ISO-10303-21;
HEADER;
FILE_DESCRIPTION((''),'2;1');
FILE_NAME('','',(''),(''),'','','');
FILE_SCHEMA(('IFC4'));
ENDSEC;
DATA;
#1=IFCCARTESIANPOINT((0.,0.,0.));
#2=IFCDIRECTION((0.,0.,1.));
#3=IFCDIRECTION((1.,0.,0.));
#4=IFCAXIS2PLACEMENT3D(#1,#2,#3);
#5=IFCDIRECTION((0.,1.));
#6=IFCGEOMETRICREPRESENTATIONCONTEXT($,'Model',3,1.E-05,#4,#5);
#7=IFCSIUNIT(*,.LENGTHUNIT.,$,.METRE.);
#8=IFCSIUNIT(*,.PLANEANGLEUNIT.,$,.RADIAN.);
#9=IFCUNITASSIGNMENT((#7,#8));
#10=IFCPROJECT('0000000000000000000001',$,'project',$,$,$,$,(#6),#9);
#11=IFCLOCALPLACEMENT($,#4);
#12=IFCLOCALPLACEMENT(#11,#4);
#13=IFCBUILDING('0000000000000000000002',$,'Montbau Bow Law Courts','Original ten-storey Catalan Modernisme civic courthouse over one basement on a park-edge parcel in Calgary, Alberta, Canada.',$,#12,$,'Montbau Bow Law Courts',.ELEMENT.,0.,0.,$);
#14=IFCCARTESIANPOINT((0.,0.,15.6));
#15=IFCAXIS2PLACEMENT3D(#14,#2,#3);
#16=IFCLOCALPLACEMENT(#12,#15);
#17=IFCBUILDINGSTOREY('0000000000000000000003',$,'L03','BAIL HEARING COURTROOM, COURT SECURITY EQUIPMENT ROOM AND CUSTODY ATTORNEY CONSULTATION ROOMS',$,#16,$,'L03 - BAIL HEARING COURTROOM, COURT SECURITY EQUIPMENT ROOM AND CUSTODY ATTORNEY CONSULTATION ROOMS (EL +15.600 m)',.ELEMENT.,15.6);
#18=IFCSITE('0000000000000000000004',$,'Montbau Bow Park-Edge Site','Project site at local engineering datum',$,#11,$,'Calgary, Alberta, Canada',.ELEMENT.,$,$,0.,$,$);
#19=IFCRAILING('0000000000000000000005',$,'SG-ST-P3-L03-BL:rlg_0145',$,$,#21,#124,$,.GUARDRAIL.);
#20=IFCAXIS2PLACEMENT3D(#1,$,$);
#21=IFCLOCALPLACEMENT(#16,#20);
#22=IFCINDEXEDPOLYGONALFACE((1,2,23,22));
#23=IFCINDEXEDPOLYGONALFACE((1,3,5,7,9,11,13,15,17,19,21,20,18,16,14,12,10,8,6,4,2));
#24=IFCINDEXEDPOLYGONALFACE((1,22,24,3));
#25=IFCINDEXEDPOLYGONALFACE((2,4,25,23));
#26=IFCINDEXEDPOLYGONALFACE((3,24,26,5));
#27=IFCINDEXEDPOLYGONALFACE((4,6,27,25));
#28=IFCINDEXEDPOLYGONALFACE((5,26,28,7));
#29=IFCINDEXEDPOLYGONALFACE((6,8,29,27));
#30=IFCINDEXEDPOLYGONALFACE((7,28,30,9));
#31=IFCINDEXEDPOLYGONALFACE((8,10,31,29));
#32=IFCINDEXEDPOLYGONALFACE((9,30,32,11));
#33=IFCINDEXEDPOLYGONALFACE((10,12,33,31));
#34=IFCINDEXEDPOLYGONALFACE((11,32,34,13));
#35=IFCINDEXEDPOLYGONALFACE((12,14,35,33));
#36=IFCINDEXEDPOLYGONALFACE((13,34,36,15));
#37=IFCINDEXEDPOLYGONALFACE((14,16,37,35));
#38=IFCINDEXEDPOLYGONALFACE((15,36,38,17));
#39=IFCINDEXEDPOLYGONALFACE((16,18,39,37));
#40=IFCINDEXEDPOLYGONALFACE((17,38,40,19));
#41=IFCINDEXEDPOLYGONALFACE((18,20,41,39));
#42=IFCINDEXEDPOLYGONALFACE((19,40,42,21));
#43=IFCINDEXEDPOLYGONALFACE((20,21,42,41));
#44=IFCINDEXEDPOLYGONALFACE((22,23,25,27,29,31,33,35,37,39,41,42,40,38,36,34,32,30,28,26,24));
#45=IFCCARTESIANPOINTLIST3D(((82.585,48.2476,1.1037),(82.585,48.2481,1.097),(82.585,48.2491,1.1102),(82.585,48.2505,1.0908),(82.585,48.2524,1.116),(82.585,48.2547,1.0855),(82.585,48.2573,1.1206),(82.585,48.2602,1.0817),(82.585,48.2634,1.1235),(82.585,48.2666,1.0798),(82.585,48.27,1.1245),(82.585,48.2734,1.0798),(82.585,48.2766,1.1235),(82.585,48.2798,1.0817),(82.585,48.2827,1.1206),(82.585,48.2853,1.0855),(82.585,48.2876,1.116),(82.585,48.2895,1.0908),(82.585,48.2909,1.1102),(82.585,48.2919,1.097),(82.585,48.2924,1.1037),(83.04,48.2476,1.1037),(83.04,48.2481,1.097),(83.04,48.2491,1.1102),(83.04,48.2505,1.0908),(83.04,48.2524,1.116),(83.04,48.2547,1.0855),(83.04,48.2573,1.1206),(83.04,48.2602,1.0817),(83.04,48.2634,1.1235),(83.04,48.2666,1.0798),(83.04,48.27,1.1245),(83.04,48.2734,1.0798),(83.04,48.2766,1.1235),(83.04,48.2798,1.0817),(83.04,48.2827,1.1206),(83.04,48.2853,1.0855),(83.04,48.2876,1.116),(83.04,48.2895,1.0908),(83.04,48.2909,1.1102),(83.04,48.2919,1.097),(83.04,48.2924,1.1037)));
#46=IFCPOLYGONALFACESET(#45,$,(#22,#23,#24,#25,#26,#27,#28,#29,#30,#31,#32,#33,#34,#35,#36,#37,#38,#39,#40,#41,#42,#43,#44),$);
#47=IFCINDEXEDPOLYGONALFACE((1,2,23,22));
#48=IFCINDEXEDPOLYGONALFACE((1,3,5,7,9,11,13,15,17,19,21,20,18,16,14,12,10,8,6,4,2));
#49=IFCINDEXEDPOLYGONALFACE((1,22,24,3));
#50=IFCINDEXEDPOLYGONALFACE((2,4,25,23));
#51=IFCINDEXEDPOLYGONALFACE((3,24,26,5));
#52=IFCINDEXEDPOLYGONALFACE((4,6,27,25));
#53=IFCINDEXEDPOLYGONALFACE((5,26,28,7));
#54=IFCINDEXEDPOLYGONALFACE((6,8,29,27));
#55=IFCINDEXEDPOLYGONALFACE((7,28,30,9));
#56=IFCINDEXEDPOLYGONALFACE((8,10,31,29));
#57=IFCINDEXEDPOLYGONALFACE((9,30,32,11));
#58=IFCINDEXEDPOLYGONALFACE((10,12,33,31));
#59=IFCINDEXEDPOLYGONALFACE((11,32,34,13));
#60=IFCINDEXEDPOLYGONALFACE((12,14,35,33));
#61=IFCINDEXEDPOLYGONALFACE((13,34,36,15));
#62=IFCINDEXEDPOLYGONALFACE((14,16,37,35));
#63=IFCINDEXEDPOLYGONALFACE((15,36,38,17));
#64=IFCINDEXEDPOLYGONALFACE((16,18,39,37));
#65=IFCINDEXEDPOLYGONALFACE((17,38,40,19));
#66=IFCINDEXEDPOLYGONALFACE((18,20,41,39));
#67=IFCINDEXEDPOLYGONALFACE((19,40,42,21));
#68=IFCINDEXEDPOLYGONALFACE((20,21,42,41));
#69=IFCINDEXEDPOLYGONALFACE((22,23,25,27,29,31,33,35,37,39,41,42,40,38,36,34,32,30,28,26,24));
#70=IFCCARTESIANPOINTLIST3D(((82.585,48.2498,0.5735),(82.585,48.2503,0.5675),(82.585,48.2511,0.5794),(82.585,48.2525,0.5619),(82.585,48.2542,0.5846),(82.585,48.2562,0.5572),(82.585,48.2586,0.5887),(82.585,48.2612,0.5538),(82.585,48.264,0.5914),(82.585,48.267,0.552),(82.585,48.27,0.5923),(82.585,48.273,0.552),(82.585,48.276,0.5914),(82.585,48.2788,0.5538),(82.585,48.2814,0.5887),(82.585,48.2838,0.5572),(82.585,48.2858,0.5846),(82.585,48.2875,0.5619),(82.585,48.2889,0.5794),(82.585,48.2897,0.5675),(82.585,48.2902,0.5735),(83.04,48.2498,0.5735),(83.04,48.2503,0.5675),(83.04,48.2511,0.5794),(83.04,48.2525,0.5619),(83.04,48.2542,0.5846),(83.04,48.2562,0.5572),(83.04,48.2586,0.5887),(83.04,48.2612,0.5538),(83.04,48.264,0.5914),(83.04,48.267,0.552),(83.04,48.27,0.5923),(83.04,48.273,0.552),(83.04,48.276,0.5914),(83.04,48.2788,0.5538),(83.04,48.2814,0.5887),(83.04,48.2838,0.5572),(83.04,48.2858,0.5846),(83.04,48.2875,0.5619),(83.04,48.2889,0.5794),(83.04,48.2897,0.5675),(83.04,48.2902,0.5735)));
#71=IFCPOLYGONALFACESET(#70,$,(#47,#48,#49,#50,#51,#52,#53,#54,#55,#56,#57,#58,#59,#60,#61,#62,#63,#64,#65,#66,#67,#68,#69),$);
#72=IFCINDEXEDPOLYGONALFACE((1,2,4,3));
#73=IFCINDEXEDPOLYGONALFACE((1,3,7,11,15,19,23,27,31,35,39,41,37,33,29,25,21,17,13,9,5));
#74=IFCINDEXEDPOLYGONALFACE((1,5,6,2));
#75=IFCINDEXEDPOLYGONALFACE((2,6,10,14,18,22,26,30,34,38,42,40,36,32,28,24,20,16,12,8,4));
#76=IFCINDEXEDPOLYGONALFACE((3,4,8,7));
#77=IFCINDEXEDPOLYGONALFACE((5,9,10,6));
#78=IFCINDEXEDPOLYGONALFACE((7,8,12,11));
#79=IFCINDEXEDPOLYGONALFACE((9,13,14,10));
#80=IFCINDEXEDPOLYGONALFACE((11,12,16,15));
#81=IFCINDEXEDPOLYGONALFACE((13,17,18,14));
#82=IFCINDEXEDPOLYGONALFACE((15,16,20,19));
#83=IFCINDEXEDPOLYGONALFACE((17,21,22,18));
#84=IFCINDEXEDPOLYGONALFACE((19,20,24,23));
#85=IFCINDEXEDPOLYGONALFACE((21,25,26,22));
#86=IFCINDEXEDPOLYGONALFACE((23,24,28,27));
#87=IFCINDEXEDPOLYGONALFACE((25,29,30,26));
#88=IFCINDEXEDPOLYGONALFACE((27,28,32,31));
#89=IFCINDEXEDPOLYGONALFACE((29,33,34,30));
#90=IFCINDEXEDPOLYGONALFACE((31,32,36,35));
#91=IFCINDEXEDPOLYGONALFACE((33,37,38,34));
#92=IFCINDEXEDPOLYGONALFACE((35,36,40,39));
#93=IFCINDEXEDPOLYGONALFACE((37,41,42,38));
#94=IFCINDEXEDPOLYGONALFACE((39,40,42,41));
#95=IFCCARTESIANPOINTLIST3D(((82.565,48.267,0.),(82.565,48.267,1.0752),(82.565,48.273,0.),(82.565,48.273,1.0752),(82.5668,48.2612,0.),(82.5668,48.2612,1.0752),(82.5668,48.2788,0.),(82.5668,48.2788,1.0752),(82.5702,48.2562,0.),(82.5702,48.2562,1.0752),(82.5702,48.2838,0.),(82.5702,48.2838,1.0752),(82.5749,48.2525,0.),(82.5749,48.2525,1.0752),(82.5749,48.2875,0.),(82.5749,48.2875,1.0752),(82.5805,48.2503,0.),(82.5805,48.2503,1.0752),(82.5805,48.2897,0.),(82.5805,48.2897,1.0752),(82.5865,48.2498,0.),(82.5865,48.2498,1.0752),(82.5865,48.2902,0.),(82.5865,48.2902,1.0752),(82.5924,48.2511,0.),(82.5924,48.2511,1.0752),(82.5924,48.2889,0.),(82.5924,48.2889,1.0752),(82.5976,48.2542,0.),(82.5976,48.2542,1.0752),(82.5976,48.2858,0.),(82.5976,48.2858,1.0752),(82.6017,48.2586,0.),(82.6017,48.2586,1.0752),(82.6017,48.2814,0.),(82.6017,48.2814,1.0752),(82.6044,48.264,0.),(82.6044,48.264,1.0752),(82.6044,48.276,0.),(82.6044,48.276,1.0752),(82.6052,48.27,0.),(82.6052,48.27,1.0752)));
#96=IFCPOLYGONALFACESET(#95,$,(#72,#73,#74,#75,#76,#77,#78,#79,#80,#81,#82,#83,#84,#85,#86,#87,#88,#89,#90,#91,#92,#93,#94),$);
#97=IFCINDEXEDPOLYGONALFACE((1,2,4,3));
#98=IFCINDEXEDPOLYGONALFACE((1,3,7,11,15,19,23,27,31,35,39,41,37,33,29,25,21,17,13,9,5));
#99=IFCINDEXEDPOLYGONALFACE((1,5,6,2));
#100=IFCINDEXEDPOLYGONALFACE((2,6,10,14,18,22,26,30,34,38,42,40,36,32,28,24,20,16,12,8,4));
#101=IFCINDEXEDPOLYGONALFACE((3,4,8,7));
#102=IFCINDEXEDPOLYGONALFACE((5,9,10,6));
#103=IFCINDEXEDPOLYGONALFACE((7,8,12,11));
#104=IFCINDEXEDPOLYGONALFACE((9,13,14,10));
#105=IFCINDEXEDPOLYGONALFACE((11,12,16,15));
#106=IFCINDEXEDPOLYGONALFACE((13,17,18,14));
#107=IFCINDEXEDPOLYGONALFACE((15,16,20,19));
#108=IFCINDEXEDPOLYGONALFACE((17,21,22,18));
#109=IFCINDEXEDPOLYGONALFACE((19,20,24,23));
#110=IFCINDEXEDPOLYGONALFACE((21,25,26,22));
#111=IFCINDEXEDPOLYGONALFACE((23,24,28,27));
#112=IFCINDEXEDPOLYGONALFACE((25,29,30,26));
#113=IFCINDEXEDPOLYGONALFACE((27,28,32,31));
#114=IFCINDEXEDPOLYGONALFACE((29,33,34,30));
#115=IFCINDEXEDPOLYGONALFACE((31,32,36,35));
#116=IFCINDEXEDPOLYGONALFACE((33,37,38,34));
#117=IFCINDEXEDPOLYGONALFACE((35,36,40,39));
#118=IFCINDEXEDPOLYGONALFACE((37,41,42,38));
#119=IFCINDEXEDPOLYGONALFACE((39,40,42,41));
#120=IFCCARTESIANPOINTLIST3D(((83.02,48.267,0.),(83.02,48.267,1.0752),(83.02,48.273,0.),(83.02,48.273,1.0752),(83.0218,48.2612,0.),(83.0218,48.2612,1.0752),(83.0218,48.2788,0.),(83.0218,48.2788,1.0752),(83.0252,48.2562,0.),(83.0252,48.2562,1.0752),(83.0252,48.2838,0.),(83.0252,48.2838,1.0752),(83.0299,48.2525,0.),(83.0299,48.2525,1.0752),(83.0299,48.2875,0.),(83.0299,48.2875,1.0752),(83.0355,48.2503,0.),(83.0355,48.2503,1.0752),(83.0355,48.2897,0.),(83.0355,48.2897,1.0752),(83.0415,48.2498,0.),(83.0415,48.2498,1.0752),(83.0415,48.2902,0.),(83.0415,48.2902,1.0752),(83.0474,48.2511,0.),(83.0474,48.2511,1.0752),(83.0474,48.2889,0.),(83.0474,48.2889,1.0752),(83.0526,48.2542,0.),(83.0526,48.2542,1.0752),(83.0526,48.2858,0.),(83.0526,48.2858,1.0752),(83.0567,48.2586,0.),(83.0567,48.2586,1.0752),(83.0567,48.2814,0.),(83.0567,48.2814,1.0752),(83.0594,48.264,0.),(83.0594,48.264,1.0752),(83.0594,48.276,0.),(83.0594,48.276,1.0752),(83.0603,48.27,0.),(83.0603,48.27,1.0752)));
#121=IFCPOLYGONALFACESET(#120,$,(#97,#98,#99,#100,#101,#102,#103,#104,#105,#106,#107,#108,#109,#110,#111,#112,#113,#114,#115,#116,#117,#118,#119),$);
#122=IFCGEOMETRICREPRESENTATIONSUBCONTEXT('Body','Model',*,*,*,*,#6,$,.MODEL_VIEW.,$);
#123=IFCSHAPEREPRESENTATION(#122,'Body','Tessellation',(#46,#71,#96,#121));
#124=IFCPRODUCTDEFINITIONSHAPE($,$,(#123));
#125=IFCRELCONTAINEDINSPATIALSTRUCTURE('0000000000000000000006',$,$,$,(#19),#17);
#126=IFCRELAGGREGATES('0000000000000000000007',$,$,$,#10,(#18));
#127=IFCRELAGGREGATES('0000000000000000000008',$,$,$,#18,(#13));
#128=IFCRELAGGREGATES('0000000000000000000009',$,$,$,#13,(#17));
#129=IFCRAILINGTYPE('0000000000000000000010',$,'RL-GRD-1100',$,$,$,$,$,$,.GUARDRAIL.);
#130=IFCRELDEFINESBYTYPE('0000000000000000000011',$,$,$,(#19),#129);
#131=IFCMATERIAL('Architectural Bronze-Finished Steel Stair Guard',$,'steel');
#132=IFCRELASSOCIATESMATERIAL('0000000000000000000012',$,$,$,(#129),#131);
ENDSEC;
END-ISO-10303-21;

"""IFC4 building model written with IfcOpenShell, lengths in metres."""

from ifc_helpers import new_model, si_unit, direction, frame, origin_with_axes, origin_2d_with_axis, place, context, subcontext, project, spatial, circle, extrude, material, type_object, element, save


model = new_model("IFC4")

# Units and contexts
model_context = context("Model", 3, precision=1e-05, world=origin_with_axes(), true_north=direction((0.0, 1.0)))
body_context = subcontext(model_context, "Body", "Model", "MODEL_VIEW")
ifc_project = project(units=[si_unit("LENGTHUNIT", "METRE"), si_unit("PLANEANGLEUNIT", "RADIAN")], contexts=[model_context])

# Site, building, storey
site_placement = place(None, origin_with_axes())
site = spatial("IfcSite", under=ifc_project, at=site_placement, Name="Montbau Bow Park-Edge Site", Description="Project site at local engineering datum", LongName="Calgary, Alberta, Canada", CompositionType="ELEMENT", RefElevation=0.0)
building_placement = place(site_placement, origin_with_axes())
building = spatial("IfcBuilding", under=site, at=building_placement, Name="Montbau Bow Law Courts", Description="Original ten-storey Catalan Modernisme civic courthouse over one basement on a park-edge parcel in Calgary, Alberta, Canada.", LongName="Montbau Bow Law Courts", CompositionType="ELEMENT", ElevationOfRefHeight=0.0, ElevationOfTerrain=0.0)
storey_placement = place(building_placement, frame((0.0, 0.0, 15.6), z_axis=(0.0, 0.0, 1.0), x_axis=(1.0, 0.0, 0.0)))
storey = spatial("IfcBuildingStorey", under=building, at=storey_placement, Name="L03", Description="BAIL HEARING COURTROOM, COURT SECURITY EQUIPMENT ROOM AND CUSTODY ATTORNEY CONSULTATION ROOMS", LongName="L03 - BAIL HEARING COURTROOM, COURT SECURITY EQUIPMENT ROOM AND CUSTODY ATTORNEY CONSULTATION ROOMS (EL +15.600 m)", CompositionType="ELEMENT", Elevation=15.6)

# Railing
ifc_material_1 = material(Name="Architectural Bronze-Finished Steel Stair Guard", Category="steel")
railing_type_1 = type_object("IfcRailingType", Name="RL-GRD-1100", PredefinedType="GUARDRAIL", material=ifc_material_1)
railing_1_placement = place(None, origin_with_axes())
element("IfcRailing", 1, at=railing_1_placement, inside=storey, type_object=railing_type_1, Name="SG-ST-P3-L03-BL:rlg_0145", PredefinedType="GUARDRAIL", context=body_context, shape_type="SweptSolid", body=[
    extrude(circle(Radius=0.0225, at=origin_2d_with_axis()), frame((82.585, 48.27, 16.702), z_axis=(1.0, 0.0, 0.0), x_axis=(0.0, 0.0, 1.0)), (0.0, 0.0, 1.0), 0.455),
    extrude(circle(Radius=0.0203, at=origin_2d_with_axis()), frame((82.585, 48.27, 16.172), z_axis=(1.0, 0.0, 0.0), x_axis=(0.0, 0.0, 1.0)), (0.0, 0.0, 1.0), 0.455),
    extrude(circle(Radius=0.0203, at=origin_2d_with_axis()), frame((82.585, 48.27, 15.6), z_axis=(0.0, 0.0, 1.0), x_axis=(1.0, 0.0, 0.0)), (0.0, 0.0, 1.0), 1.0753),
    extrude(circle(Radius=0.0203, at=origin_2d_with_axis()), frame((83.04, 48.27, 15.6), z_axis=(0.0, 0.0, 1.0), x_axis=(1.0, 0.0, 0.0)), (0.0, 0.0, 1.0), 1.0753),
])

save(model, "model.ifc")
